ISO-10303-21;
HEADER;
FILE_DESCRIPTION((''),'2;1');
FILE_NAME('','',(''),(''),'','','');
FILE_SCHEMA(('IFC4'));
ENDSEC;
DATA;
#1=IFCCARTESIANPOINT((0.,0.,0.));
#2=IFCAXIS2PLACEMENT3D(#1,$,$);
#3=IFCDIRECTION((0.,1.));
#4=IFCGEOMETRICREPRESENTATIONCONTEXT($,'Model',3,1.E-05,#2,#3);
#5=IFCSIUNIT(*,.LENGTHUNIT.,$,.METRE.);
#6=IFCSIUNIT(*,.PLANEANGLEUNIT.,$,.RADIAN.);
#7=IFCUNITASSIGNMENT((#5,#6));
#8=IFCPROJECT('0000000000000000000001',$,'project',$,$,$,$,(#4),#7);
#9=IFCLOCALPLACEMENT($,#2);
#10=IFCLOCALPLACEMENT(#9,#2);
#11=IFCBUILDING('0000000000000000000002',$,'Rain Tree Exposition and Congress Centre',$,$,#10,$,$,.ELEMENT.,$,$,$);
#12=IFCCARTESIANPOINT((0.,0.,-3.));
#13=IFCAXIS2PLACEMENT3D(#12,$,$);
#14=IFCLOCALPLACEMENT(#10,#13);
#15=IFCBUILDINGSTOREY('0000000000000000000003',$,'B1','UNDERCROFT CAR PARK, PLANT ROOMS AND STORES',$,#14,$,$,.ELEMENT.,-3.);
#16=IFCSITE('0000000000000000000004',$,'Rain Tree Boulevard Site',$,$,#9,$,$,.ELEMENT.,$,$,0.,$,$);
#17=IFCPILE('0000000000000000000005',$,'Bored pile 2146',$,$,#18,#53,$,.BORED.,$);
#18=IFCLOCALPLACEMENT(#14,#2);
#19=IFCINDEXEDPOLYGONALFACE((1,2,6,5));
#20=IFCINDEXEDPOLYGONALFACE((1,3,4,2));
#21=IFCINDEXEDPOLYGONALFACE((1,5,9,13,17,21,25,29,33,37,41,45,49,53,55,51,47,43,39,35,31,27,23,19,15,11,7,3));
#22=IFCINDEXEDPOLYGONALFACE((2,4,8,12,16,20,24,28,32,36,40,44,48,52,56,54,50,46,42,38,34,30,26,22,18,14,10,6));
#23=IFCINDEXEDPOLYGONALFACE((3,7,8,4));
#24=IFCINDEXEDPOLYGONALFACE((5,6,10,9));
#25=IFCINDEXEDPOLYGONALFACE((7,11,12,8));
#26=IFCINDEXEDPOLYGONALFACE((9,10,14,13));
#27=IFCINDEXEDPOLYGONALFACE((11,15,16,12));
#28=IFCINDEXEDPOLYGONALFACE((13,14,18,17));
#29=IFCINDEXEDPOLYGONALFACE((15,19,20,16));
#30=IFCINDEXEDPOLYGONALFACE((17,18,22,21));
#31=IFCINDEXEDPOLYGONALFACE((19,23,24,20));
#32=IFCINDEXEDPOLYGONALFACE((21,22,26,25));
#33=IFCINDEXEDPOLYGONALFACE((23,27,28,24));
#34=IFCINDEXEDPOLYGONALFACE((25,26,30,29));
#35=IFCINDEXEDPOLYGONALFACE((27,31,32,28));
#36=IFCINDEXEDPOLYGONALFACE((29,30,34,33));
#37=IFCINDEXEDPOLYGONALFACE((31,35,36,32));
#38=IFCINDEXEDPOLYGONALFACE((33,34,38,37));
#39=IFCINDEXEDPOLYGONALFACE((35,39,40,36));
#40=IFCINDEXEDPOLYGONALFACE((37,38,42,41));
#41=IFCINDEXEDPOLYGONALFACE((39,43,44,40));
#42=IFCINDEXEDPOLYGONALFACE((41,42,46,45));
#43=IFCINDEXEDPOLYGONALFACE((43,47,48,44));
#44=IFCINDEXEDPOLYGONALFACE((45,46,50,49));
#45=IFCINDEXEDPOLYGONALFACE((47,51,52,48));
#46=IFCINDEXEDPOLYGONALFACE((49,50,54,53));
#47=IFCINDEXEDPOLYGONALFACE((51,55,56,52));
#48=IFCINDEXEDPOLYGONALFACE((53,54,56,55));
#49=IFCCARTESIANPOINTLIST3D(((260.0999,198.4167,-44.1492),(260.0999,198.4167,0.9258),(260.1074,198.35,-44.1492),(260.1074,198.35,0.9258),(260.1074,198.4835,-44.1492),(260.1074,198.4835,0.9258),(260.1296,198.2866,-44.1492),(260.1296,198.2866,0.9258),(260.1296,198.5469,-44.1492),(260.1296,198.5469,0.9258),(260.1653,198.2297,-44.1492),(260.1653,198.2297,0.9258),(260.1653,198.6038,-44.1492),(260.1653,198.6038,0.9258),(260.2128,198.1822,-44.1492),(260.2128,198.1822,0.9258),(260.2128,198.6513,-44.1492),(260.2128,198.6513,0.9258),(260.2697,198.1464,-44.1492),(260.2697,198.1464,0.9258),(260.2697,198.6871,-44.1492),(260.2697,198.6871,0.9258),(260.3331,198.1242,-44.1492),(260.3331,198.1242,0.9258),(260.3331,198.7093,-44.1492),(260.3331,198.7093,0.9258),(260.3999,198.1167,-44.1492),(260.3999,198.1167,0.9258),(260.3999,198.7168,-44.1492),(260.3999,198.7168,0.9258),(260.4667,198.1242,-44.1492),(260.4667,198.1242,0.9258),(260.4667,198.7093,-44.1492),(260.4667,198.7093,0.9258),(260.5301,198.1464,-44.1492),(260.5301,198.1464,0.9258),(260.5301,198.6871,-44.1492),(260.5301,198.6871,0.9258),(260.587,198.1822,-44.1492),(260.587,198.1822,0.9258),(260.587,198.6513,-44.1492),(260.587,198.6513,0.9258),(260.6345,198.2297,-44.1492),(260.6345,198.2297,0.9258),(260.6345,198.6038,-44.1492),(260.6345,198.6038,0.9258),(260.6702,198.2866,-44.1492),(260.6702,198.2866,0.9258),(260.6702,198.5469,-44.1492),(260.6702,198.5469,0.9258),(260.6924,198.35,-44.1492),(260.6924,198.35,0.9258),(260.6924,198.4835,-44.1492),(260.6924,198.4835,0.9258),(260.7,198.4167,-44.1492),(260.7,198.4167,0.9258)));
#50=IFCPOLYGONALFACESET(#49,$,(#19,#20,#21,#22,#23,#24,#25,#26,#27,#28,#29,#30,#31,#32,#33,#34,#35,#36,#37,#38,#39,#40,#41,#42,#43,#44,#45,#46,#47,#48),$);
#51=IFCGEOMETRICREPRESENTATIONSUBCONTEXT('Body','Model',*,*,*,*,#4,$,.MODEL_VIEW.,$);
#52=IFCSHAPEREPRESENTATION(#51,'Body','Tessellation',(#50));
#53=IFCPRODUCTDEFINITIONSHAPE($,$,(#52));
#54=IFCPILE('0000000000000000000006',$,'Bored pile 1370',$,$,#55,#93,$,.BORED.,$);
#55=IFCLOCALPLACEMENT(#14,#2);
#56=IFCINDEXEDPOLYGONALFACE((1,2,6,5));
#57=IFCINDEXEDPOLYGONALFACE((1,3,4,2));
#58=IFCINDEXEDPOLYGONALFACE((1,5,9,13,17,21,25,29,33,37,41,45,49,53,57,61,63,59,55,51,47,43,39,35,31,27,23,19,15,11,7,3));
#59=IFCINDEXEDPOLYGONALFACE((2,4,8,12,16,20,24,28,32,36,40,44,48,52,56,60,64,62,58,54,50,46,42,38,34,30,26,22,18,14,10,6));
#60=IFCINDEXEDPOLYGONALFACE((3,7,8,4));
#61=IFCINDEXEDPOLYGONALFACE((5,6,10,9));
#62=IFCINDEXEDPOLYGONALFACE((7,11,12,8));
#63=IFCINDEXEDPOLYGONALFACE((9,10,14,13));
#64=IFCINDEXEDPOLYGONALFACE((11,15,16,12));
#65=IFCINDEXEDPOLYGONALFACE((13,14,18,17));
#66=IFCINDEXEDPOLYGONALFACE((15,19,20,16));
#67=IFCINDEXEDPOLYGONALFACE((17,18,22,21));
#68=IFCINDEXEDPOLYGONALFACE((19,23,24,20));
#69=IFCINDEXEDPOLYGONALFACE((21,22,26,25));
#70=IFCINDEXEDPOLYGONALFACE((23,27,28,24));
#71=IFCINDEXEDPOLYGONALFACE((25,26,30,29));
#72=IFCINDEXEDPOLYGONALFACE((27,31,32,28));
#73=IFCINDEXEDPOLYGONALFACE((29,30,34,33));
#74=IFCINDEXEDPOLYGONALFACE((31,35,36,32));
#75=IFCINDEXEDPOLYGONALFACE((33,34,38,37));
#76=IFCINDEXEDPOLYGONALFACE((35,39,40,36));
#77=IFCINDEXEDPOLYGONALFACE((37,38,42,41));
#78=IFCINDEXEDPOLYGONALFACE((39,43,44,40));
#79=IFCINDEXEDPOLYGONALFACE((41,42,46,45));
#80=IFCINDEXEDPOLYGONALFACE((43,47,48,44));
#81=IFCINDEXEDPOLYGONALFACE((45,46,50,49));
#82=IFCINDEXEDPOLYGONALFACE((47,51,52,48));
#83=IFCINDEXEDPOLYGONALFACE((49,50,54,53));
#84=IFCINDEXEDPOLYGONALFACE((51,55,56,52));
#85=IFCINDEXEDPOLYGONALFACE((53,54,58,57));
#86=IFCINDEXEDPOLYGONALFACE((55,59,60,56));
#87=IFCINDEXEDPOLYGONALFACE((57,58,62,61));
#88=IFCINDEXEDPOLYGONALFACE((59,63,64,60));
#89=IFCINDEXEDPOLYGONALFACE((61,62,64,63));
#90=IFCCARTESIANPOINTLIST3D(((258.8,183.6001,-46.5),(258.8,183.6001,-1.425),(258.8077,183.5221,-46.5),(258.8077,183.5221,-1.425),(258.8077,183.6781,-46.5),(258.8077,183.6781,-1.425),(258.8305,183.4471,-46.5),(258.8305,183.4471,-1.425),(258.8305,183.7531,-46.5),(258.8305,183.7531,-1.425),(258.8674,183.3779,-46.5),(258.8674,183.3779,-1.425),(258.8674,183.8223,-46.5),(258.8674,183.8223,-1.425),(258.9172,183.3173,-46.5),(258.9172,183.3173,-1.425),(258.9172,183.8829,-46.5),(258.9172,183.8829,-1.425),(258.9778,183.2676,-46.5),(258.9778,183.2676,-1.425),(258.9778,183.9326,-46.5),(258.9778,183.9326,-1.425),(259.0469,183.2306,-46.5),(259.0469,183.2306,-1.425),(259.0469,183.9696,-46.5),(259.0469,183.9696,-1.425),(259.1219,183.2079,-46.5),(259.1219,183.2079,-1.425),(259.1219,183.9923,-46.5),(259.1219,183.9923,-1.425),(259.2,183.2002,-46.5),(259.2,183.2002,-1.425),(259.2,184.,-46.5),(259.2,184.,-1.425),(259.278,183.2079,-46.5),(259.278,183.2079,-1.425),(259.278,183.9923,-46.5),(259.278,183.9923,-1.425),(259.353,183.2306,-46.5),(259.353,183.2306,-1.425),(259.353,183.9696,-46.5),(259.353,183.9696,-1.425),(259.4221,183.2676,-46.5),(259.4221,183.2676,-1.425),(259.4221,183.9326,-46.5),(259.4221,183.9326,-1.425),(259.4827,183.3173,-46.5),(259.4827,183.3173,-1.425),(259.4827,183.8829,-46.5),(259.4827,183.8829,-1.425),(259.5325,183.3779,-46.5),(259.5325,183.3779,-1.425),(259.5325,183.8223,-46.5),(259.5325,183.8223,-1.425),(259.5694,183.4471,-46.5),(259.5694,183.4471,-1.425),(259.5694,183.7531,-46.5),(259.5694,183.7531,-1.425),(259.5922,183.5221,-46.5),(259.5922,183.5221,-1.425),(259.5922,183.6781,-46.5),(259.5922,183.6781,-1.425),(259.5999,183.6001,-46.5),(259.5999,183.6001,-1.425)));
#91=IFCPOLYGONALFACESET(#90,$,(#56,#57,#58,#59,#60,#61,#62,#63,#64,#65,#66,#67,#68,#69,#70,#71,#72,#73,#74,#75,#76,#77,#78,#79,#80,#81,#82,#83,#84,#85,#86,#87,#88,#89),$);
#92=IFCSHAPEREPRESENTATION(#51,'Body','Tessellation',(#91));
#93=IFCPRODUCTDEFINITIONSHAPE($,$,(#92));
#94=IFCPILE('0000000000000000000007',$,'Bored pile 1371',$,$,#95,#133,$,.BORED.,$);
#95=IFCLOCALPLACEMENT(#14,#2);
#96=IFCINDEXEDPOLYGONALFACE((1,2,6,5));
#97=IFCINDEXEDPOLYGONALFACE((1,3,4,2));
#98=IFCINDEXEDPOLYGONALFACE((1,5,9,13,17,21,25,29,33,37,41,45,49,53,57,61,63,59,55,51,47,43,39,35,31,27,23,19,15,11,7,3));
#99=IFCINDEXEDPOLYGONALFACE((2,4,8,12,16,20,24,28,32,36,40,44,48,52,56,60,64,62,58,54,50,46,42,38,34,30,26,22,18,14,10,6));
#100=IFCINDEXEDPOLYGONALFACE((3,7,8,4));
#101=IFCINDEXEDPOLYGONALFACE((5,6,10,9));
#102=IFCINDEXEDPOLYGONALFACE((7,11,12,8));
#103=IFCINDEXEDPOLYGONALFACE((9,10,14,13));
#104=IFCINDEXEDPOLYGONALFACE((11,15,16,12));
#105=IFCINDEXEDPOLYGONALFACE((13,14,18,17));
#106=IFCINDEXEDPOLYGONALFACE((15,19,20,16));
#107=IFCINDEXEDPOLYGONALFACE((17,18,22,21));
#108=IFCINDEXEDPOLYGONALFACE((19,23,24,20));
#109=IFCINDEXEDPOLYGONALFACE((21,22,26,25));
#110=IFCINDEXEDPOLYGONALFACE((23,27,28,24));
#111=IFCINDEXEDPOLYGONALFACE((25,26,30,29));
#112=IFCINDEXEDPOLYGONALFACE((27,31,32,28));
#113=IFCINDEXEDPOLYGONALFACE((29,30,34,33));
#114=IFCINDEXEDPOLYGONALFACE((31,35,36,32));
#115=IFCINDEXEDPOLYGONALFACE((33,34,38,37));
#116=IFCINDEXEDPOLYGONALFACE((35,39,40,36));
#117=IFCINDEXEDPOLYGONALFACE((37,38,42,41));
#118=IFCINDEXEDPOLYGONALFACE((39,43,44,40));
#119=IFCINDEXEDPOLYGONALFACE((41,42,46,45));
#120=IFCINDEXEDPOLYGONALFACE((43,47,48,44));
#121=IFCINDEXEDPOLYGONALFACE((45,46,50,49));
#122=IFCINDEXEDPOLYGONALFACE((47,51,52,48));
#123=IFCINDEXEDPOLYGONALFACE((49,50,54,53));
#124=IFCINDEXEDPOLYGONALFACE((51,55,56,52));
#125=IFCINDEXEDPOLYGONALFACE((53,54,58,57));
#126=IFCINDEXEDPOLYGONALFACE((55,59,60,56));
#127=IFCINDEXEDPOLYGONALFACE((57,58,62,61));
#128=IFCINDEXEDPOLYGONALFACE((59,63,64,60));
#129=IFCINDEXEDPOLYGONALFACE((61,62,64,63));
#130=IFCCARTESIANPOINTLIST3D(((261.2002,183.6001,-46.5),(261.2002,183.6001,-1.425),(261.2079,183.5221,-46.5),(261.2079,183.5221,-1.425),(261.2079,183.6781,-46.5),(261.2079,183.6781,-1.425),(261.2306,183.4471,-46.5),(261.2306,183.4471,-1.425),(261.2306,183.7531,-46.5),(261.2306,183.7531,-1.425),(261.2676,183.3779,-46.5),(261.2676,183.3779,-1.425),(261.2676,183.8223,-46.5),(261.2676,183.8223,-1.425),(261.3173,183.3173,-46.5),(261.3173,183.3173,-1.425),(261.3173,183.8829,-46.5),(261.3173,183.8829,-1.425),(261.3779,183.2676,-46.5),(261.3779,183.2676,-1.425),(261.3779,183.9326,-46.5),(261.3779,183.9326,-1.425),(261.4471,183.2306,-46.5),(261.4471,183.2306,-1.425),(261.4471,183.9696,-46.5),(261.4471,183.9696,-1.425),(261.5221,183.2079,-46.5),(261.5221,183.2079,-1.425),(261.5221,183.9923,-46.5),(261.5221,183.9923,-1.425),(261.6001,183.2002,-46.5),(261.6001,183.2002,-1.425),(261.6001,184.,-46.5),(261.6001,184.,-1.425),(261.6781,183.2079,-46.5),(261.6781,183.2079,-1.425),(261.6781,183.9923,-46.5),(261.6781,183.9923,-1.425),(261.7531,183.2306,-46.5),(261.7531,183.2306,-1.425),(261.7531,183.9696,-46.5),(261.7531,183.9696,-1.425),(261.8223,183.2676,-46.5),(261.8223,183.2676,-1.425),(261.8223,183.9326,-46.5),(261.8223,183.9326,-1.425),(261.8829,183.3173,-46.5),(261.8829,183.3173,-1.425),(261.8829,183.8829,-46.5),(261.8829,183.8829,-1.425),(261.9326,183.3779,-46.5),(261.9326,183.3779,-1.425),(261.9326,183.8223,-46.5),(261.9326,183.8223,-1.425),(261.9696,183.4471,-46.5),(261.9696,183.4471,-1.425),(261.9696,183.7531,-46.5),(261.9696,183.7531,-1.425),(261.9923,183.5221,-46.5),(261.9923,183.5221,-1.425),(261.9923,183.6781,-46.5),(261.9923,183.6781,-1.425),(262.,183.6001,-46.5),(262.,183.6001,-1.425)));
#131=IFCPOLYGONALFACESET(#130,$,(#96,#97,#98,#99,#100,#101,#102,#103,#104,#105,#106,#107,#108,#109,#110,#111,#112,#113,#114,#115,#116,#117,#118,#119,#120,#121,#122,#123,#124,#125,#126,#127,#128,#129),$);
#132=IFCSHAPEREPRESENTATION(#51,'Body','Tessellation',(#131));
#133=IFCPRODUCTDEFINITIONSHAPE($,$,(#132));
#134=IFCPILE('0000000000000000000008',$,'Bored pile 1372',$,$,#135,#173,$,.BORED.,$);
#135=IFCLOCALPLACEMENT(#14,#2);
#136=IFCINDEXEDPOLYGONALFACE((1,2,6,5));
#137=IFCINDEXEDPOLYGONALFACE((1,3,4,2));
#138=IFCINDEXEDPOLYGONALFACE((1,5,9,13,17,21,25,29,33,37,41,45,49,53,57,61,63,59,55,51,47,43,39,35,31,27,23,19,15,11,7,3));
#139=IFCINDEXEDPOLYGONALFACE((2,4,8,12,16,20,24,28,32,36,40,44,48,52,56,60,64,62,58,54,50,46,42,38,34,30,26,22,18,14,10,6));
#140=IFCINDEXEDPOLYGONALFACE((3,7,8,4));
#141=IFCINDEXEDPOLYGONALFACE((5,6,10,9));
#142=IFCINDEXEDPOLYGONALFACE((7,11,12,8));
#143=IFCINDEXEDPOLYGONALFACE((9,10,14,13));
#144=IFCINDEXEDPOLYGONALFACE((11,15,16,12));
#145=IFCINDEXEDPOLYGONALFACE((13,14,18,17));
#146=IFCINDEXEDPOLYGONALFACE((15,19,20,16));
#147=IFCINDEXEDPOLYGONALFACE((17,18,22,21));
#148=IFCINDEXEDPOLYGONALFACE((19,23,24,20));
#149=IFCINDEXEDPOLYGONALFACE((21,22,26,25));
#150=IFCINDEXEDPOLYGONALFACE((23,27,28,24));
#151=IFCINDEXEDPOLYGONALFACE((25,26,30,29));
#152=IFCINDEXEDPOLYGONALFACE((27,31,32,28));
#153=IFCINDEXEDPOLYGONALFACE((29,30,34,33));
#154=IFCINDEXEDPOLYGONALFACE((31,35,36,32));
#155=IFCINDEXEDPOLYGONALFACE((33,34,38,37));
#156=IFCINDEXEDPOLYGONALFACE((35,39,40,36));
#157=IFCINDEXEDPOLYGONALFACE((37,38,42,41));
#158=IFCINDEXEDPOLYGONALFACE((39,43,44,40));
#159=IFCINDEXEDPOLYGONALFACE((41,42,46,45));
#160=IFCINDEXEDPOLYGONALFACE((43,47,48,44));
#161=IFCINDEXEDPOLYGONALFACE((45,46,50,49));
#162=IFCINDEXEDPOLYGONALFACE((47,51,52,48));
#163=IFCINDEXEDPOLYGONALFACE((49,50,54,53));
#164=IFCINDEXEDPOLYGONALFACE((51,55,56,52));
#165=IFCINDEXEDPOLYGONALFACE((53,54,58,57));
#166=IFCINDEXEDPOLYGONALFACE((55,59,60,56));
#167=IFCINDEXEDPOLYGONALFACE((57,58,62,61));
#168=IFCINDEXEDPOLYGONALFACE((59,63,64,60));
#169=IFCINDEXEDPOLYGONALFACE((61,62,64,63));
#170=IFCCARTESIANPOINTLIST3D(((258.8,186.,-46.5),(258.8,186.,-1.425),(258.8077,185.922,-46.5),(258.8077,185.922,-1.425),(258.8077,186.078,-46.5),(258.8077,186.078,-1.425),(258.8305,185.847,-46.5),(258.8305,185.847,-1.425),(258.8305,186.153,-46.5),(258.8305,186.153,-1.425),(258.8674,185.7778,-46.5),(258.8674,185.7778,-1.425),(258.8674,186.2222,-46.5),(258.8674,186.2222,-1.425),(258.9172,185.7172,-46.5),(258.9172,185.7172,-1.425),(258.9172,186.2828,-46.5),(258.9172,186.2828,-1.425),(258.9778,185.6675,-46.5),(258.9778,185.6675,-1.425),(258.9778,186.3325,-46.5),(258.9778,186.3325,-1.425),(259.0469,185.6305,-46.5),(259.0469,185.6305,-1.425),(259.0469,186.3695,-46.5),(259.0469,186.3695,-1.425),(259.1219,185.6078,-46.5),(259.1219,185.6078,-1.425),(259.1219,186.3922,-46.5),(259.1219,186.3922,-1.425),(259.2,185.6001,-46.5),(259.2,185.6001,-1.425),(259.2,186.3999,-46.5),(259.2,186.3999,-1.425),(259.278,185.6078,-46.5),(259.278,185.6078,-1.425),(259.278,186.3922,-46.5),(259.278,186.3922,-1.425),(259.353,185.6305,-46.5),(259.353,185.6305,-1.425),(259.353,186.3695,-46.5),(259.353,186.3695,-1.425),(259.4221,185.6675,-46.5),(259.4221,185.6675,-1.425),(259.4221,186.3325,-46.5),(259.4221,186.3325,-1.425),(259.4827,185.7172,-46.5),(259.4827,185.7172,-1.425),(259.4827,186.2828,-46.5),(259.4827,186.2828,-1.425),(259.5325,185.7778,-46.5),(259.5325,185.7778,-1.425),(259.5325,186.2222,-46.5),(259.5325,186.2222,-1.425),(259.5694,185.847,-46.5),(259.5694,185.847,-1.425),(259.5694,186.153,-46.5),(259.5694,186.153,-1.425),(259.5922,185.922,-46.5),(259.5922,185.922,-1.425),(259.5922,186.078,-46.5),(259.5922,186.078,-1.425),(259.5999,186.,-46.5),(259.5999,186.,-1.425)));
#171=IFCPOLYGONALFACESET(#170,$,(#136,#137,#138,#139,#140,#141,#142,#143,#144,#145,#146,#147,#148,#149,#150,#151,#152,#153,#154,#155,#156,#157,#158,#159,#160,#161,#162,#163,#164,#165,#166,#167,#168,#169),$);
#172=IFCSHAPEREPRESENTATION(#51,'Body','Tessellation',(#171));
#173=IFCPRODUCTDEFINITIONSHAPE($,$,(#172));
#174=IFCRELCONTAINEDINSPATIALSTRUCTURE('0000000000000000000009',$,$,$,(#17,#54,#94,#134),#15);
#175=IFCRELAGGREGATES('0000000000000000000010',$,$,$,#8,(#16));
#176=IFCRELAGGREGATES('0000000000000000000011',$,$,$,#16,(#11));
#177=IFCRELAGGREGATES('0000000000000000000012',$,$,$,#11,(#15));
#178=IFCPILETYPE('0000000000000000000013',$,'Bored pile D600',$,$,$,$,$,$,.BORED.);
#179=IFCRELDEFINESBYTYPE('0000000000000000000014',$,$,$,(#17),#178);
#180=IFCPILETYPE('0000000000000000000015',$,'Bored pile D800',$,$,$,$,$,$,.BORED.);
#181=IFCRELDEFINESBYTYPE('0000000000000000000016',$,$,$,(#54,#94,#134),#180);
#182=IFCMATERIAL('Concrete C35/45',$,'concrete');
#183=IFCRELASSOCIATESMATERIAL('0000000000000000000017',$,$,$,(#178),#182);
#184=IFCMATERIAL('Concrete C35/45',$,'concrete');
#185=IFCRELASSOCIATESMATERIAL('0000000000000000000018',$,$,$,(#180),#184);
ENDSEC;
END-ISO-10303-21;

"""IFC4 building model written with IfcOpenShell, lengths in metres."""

from ifc_helpers import new_model, si_unit, direction, frame, origin, origin_2d, place, context, subcontext, project, spatial, circle, extrude, material, material_profile, profile_set, type_object, element, save


model = new_model("IFC4")

# Units and contexts
model_context = context("Model", 3, precision=1e-05, world=origin(), true_north=direction((0.0, 1.0)))
body_context = subcontext(model_context, "Body", "Model", "MODEL_VIEW")
ifc_project = project(units=[si_unit("LENGTHUNIT", "METRE"), si_unit("PLANEANGLEUNIT", "RADIAN")], contexts=[model_context])

# Site, building, storey
site_placement = place(None, origin())
site = spatial("IfcSite", under=ifc_project, at=site_placement, Name="Rain Tree Boulevard Site", CompositionType="ELEMENT", RefElevation=0.0)
building_placement = place(site_placement, origin())
building = spatial("IfcBuilding", under=site, at=building_placement, Name="Rain Tree Exposition and Congress Centre", CompositionType="ELEMENT")
storey_placement = place(building_placement, frame((0.0, 0.0, -3.0)))
storey = spatial("IfcBuildingStorey", under=building, at=storey_placement, Name="B1", Description="UNDERCROFT CAR PARK, PLANT ROOMS AND STORES", CompositionType="ELEMENT", Elevation=-3.0)

# Piles
ifc_material_1 = material(Name="Concrete C35/45", Category="concrete")
ifc_material_profile_1 = material_profile(ifc_material_1, circle(Radius=0.3, at=origin_2d()), Name="D600")
ifc_profile_set_1 = profile_set([ifc_material_profile_1], Name="Concrete C35/45")
pile_type_1 = type_object("IfcPileType", Name="Bored pile D600", PredefinedType="BORED", material=ifc_profile_set_1)
for number, where, z_axis, x_axis, name in (
    (1, (260.3999, 198.4167, 0.9258), (0.0, 0.0, -1.0), (1.0, 0.0, 0.0), "Bored pile 2146"),
):
    element("IfcPile", number, at=place(storey_placement, frame(where, z_axis=z_axis, x_axis=x_axis)), inside=storey, type_object=pile_type_1, Name=name, PredefinedType="BORED", context=body_context, shape_type="SweptSolid", body=[
        extrude(circle(Radius=0.3, at=origin_2d()), origin(), (0.0, 0.0, 1.0), 45.075),
    ])
ifc_material_2 = material(Name="Concrete C35/45", Category="concrete")
ifc_material_profile_2 = material_profile(ifc_material_2, circle(Radius=0.3999, at=origin_2d()), Name="D800")
ifc_profile_set_2 = profile_set([ifc_material_profile_2], Name="Concrete C35/45")
pile_type_2 = type_object("IfcPileType", Name="Bored pile D800", PredefinedType="BORED", material=ifc_profile_set_2)
for number, where, z_axis, x_axis, name in (
    (2, (259.2, 183.6001, -1.425), (0.0, 0.0, -1.0), (1.0, 0.0, 0.0), "Bored pile 1370"),
    (3, (261.6001, 183.6001, -1.425), (0.0, 0.0, -1.0), (1.0, 0.0, 0.0), "Bored pile 1371"),
    (4, (259.2, 186.0, -1.425), (0.0, 0.0, -1.0), (1.0, 0.0, 0.0), "Bored pile 1372"),
):
    element("IfcPile", number, at=place(storey_placement, frame(where, z_axis=z_axis, x_axis=x_axis)), inside=storey, type_object=pile_type_2, Name=name, PredefinedType="BORED", context=body_context, shape_type="SweptSolid", body=[
        extrude(circle(Radius=0.3999, at=origin_2d()), origin(), (0.0, 0.0, 1.0), 45.075),
    ])

save(model, "model.ifc")
